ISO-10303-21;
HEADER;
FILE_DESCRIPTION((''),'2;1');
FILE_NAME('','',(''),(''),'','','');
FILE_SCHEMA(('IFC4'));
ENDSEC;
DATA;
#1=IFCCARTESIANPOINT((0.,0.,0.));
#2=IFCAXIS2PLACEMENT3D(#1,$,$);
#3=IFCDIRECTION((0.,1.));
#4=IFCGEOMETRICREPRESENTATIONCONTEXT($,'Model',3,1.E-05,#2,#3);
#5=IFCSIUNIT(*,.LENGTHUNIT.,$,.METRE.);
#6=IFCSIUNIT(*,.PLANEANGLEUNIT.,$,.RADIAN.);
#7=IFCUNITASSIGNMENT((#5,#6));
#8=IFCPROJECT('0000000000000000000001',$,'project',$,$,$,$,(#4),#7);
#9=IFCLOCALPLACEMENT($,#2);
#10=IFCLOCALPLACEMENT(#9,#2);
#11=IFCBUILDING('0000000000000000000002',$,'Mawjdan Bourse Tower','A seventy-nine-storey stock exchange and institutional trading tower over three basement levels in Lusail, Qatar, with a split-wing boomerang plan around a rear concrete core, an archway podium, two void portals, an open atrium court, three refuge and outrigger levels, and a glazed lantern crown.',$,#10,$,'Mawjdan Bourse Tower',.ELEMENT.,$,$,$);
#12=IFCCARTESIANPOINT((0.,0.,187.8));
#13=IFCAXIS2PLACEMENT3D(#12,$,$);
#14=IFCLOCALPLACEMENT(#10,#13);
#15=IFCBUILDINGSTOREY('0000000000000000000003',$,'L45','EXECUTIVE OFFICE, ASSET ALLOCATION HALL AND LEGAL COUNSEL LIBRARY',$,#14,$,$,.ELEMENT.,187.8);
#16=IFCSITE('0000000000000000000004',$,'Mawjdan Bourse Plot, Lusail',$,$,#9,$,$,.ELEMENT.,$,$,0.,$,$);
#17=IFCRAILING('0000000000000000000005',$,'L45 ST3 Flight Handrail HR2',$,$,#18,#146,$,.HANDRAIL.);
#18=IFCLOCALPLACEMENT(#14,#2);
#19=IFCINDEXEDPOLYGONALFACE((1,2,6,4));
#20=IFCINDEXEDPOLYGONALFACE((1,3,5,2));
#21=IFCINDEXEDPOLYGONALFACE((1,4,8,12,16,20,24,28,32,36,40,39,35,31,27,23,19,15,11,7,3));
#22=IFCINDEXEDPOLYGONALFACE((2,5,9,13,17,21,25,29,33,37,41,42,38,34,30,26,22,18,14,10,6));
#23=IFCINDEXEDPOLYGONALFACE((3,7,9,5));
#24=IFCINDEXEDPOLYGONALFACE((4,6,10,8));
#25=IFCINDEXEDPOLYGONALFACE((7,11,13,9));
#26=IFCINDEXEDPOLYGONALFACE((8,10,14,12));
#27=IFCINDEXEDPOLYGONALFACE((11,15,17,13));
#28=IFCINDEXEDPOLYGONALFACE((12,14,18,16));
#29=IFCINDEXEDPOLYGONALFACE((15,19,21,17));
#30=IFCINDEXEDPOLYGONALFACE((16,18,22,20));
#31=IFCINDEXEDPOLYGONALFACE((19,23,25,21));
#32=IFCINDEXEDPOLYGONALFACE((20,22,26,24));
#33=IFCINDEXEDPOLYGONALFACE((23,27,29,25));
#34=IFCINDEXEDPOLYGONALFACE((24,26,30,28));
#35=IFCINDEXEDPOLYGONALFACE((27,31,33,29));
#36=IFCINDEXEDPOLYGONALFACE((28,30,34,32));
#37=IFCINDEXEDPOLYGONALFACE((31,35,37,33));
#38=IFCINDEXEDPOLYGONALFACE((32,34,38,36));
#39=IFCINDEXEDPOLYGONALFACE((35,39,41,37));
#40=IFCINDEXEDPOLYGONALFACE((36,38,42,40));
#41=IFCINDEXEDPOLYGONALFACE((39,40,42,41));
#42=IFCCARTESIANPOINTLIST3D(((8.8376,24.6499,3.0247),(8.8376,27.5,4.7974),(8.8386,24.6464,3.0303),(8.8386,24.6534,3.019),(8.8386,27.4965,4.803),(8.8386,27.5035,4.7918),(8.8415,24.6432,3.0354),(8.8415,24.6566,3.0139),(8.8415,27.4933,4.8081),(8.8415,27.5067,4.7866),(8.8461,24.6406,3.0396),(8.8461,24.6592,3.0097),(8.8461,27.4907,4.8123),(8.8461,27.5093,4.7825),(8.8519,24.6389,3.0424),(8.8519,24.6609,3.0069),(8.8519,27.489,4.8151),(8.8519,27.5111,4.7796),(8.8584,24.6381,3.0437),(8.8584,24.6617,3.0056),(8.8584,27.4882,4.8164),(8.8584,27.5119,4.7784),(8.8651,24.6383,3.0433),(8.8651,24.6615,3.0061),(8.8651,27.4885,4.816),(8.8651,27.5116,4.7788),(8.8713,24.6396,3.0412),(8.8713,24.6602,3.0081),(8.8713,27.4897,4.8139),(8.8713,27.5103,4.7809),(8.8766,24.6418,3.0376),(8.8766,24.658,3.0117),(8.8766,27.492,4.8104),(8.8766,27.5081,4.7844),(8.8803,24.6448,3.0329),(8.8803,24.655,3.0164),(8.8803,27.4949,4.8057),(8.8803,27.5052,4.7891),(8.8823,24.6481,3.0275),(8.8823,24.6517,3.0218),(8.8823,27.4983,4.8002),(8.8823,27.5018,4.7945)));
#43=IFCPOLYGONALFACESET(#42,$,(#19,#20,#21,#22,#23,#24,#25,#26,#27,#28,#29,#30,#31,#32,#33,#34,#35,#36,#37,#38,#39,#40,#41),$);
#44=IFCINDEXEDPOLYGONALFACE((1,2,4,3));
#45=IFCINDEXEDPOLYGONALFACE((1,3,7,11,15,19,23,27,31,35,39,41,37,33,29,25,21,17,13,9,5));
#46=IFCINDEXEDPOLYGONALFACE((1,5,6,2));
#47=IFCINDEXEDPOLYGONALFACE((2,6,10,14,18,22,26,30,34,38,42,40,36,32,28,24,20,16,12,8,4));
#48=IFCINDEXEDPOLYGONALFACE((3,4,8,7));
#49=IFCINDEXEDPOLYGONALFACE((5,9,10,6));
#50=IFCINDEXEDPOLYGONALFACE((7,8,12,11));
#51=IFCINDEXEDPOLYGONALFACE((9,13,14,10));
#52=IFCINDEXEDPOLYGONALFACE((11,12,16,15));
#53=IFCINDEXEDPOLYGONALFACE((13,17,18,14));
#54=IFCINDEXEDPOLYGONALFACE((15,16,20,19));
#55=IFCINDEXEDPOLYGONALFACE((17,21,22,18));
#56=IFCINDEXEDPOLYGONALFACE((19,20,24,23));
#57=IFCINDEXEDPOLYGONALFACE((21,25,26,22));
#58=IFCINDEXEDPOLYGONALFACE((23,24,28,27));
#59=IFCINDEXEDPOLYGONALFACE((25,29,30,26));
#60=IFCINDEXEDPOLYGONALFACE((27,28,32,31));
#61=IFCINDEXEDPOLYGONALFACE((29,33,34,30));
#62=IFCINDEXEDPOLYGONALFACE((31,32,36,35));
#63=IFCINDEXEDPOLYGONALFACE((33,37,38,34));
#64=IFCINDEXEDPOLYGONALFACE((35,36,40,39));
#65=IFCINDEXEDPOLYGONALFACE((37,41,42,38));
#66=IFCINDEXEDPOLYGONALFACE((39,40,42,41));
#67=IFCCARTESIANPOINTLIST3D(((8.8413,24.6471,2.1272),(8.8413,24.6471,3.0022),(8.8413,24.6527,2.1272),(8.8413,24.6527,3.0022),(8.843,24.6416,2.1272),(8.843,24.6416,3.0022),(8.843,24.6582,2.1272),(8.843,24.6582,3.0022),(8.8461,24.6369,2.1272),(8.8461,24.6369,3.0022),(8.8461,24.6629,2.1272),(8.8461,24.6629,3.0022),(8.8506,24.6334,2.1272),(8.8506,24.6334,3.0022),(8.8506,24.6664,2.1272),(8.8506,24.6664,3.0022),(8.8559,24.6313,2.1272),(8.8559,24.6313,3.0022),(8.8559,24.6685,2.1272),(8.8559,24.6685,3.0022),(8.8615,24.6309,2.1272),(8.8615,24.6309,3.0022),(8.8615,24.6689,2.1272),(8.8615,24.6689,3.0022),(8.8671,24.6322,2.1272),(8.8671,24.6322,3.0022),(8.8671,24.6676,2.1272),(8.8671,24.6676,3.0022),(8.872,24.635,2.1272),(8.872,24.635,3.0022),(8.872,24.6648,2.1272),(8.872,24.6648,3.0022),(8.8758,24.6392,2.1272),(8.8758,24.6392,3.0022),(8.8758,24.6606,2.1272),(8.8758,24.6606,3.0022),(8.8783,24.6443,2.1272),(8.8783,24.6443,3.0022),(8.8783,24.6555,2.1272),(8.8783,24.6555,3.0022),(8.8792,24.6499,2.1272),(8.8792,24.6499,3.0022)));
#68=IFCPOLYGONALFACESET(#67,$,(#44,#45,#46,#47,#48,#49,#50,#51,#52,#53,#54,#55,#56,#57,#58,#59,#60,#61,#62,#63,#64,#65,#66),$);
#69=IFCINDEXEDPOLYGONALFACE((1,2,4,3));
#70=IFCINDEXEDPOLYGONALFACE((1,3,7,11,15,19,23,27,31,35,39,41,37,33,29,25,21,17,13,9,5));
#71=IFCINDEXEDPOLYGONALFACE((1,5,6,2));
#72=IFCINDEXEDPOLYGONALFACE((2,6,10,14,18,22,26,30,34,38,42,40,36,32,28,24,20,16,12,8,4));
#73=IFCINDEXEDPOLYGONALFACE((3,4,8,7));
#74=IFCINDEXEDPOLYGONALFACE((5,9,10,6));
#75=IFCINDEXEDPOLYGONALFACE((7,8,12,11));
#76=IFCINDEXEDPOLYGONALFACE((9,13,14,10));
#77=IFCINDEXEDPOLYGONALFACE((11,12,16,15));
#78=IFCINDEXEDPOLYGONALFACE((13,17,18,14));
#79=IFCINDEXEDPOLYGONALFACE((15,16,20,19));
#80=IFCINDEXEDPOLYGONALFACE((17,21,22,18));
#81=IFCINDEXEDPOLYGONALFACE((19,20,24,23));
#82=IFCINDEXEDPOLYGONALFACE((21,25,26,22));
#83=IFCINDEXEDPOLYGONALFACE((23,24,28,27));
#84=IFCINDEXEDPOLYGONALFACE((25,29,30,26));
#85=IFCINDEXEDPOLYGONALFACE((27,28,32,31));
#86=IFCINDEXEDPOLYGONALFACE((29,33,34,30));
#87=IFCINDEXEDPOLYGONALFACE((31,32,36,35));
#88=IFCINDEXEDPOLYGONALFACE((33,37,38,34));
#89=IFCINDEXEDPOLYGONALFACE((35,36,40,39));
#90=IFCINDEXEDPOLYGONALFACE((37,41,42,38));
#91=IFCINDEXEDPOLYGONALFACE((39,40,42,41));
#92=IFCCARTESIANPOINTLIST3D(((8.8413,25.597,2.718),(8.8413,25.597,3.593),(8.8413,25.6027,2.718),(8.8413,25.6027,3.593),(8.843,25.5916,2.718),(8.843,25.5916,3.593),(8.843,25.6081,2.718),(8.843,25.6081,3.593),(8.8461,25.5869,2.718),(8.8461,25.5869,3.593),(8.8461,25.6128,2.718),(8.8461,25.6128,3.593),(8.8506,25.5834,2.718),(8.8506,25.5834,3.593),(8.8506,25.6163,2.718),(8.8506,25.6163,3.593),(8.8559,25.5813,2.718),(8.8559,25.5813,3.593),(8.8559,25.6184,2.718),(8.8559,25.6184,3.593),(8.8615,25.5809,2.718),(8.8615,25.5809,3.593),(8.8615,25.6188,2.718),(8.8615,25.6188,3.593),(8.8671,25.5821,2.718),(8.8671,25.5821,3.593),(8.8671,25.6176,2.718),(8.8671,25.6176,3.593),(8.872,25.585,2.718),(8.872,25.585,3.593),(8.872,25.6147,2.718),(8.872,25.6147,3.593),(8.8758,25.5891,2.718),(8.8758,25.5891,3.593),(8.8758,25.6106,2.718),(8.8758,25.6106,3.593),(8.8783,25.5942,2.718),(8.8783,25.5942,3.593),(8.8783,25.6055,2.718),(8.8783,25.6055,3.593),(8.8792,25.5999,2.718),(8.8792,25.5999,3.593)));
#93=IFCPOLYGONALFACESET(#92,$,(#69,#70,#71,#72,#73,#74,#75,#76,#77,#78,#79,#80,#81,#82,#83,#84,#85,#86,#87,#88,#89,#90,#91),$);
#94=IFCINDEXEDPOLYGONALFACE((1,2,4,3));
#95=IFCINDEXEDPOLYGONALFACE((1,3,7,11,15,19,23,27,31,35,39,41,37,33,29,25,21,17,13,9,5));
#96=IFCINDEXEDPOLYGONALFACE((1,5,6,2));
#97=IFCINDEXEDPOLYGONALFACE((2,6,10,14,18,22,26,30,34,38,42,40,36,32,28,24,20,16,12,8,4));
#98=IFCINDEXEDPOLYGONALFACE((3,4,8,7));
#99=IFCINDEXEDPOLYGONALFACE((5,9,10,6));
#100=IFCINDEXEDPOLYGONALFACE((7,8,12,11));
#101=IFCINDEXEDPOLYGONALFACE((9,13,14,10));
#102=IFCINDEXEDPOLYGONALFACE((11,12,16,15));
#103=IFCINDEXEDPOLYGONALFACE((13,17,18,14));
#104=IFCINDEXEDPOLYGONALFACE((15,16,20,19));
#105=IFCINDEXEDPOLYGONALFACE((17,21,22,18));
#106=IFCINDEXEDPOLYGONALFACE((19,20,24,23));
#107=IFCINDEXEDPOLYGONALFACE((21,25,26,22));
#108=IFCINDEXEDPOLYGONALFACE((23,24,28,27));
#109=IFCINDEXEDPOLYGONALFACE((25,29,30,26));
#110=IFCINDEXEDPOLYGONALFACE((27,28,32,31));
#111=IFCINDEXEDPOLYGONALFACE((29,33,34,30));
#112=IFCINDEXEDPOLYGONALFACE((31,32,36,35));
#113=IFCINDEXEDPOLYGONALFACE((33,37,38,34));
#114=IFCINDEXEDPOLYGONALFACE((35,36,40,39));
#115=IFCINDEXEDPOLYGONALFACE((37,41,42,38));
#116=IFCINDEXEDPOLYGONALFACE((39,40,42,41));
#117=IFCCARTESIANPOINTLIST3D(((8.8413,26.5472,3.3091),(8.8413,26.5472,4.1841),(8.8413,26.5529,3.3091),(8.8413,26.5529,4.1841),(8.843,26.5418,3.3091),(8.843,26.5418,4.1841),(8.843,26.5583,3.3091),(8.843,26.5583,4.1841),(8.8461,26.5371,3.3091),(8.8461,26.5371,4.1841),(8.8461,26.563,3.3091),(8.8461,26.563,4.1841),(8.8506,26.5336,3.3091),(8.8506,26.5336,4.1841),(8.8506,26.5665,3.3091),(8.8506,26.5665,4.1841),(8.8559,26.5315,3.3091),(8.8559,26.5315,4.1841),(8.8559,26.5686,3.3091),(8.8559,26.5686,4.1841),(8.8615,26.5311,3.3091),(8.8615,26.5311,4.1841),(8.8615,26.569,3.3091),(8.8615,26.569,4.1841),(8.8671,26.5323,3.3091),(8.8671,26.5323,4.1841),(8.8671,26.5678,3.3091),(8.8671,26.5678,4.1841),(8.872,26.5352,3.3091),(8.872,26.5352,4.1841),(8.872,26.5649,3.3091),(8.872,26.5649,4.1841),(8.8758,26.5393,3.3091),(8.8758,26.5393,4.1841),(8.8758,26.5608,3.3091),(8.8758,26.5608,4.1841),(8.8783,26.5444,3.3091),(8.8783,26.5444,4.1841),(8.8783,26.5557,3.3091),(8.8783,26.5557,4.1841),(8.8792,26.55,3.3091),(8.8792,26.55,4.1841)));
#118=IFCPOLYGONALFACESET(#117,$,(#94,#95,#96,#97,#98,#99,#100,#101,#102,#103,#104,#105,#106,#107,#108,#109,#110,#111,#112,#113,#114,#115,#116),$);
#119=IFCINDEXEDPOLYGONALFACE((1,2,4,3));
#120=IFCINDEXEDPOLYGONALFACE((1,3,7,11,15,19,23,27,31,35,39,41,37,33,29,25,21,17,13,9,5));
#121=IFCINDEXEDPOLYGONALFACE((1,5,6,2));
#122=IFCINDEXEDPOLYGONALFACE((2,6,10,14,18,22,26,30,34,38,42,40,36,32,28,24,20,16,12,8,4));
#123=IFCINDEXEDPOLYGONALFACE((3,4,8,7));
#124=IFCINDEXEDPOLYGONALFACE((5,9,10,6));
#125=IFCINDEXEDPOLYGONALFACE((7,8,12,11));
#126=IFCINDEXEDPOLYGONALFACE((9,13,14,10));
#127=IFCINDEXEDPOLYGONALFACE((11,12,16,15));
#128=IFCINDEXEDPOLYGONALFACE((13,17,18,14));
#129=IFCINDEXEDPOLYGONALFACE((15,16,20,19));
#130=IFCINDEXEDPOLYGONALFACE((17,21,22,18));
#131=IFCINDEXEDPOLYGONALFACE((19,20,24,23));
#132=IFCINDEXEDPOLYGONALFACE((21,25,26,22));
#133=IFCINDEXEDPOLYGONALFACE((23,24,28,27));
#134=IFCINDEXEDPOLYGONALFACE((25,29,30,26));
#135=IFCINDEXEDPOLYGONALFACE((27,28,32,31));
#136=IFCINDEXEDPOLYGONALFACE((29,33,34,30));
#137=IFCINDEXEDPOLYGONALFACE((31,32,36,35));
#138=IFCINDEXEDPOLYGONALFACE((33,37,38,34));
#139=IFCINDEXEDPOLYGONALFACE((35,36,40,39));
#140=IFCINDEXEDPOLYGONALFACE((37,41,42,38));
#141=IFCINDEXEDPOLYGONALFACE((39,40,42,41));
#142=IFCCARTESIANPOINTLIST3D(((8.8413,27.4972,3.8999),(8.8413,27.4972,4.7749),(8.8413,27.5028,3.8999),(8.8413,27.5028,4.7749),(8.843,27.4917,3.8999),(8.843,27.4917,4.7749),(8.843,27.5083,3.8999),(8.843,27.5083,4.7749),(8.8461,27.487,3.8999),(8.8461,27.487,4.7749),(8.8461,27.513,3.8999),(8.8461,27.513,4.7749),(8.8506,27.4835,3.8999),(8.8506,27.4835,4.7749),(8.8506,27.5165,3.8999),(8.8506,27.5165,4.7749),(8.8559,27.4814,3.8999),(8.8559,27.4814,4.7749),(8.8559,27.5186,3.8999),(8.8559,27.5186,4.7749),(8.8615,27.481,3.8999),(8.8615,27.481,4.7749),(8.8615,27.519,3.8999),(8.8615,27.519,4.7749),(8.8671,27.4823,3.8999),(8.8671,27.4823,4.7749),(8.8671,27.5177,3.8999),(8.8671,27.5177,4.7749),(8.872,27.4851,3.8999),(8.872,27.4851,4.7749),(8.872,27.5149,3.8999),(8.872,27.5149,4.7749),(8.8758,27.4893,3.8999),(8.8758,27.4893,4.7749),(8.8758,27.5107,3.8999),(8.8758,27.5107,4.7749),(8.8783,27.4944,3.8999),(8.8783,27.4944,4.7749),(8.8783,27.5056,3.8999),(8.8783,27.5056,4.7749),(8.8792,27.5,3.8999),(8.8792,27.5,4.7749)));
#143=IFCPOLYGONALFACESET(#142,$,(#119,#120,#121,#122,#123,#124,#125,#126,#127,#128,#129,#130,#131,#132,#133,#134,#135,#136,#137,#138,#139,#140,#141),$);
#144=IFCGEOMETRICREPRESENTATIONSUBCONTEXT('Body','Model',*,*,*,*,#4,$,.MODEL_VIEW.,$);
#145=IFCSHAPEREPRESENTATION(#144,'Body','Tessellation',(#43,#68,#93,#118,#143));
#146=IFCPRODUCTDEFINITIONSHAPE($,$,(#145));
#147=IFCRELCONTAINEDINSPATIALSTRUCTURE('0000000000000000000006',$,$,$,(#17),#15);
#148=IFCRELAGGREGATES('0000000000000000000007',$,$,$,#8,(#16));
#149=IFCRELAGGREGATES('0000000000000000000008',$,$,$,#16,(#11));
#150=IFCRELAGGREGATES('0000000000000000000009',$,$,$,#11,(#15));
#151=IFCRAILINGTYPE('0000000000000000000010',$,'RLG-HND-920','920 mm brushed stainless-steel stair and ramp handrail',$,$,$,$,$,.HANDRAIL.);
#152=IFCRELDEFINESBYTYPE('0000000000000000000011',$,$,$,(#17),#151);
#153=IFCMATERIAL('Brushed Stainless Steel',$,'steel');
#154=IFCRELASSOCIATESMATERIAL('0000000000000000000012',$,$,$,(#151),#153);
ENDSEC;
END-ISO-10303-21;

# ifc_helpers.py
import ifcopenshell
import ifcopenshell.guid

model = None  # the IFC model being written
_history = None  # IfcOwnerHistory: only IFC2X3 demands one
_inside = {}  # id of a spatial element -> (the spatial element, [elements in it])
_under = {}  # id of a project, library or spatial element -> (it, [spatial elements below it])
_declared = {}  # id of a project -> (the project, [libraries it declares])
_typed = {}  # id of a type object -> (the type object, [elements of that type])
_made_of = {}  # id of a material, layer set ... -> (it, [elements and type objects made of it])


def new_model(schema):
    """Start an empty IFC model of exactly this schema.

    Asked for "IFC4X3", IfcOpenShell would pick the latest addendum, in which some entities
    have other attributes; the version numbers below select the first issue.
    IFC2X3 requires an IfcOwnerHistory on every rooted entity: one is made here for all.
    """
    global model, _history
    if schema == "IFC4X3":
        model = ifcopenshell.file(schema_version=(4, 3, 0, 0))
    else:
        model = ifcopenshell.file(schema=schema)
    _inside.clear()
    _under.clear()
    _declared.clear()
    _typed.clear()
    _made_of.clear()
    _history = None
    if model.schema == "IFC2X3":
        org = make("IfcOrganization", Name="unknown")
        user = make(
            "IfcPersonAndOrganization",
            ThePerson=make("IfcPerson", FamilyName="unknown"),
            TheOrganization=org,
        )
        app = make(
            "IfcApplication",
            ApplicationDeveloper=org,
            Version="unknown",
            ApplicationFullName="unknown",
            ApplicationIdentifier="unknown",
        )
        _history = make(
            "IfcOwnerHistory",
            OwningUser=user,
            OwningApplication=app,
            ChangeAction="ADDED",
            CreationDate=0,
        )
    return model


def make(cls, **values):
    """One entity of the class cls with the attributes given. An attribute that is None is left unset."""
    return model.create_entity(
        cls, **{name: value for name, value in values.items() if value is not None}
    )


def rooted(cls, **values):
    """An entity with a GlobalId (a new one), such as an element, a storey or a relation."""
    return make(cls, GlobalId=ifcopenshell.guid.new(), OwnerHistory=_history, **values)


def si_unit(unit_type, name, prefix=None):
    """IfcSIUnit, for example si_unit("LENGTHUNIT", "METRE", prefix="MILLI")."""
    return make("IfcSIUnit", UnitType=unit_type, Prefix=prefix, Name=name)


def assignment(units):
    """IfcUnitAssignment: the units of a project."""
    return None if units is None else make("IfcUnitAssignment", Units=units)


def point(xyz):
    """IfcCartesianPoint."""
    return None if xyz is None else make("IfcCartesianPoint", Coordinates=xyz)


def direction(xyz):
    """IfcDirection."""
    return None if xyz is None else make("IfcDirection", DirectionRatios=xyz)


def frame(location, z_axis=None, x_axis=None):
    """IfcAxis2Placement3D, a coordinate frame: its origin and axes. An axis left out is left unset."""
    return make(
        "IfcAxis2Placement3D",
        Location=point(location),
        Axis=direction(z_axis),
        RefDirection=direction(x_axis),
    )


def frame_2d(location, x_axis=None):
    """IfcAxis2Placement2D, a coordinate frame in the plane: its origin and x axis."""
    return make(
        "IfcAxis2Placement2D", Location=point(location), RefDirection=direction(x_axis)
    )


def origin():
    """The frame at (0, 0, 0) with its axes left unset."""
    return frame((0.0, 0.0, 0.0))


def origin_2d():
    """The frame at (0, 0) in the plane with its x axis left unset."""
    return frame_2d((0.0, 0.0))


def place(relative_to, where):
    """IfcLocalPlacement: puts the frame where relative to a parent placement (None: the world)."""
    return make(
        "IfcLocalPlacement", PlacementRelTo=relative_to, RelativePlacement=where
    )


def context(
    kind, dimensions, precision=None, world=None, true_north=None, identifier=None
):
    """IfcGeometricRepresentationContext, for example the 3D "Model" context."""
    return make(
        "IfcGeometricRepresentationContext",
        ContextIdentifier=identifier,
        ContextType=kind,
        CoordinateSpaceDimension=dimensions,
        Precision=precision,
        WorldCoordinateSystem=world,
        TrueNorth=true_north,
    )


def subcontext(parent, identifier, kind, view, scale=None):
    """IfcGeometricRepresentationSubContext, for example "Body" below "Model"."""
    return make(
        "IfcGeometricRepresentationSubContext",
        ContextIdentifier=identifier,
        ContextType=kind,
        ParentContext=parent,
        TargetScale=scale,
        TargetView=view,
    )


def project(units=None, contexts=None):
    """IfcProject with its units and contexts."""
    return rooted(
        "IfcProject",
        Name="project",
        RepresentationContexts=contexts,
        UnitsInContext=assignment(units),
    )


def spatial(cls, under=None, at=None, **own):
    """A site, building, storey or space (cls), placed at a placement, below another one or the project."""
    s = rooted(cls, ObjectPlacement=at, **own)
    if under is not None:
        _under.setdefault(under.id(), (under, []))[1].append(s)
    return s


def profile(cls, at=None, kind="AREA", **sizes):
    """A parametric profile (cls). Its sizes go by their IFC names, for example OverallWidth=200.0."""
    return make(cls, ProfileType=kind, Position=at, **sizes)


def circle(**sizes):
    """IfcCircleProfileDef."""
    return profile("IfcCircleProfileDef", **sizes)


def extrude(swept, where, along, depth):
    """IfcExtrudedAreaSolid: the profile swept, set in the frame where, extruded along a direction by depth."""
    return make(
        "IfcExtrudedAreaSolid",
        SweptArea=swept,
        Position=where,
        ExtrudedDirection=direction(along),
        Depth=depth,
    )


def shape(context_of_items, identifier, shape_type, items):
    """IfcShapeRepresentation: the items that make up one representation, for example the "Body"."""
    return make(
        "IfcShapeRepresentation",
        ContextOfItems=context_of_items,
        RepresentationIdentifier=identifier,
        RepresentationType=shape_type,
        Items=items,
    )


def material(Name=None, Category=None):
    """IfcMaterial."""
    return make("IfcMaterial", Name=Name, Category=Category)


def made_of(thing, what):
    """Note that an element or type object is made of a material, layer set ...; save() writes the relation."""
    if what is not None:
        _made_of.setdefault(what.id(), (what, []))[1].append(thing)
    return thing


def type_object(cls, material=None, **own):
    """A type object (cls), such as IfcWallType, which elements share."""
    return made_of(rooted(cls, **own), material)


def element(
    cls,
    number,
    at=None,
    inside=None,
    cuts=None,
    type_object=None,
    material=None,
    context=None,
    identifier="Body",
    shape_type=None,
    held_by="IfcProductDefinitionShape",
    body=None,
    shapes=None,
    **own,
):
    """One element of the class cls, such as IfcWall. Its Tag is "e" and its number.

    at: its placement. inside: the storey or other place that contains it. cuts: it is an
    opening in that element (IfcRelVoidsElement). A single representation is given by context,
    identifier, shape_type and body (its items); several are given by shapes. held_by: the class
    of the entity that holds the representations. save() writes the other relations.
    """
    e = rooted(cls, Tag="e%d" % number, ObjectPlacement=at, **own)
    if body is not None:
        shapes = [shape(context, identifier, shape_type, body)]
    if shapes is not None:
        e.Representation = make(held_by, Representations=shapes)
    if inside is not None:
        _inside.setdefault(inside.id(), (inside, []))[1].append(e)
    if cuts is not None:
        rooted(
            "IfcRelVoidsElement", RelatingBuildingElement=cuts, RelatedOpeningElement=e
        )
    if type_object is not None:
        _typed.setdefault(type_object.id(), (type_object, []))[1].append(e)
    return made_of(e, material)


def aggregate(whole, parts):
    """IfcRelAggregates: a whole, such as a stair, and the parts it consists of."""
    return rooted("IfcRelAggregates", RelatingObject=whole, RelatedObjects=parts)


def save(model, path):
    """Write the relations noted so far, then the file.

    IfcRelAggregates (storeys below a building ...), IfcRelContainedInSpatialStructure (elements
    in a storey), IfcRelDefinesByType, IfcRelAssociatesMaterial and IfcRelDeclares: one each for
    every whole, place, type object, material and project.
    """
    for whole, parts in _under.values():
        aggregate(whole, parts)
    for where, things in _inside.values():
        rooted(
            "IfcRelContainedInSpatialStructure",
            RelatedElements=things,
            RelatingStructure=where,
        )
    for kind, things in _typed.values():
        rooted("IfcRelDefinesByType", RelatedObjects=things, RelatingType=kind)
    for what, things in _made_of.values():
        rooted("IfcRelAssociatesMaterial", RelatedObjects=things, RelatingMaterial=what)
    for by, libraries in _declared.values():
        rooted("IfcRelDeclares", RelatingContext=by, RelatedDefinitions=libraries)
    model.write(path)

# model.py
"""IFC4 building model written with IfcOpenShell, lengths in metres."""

from ifc_helpers import new_model, si_unit, direction, frame, origin, origin_2d, place, context, subcontext, project, spatial, circle, extrude, material, type_object, element, save


model = new_model("IFC4")

# Units and contexts
model_context = context("Model", 3, precision=1e-05, world=origin(), true_north=direction((0.0, 1.0)))
body_context = subcontext(model_context, "Body", "Model", "MODEL_VIEW")
ifc_project = project(units=[si_unit("LENGTHUNIT", "METRE"), si_unit("PLANEANGLEUNIT", "RADIAN")], contexts=[model_context])

# Site, building, storey
site_placement = place(None, origin())
site = spatial("IfcSite", under=ifc_project, at=site_placement, Name="Mawjdan Bourse Plot, Lusail", CompositionType="ELEMENT", RefElevation=0.0)
building_placement = place(site_placement, origin())
building = spatial("IfcBuilding", under=site, at=building_placement, Name="Mawjdan Bourse Tower", Description="A seventy-nine-storey stock exchange and institutional trading tower over three basement levels in Lusail, Qatar, with a split-wing boomerang plan around a rear concrete core, an archway podium, two void portals, an open atrium court, three refuge and outrigger levels, and a glazed lantern crown.", LongName="Mawjdan Bourse Tower", CompositionType="ELEMENT")
storey_placement = place(building_placement, frame((0.0, 0.0, 187.8)))
storey = spatial("IfcBuildingStorey", under=building, at=storey_placement, Name="L45", Description="EXECUTIVE OFFICE, ASSET ALLOCATION HALL AND LEGAL COUNSEL LIBRARY", CompositionType="ELEMENT", Elevation=187.8)

# Railing
ifc_material_1 = material(Name="Brushed Stainless Steel", Category="steel")
railing_type_1 = type_object("IfcRailingType", Name="RLG-HND-920", Description="920 mm brushed stainless-steel stair and ramp handrail", PredefinedType="HANDRAIL", material=ifc_material_1)
railing_1_placement = place(storey_placement, frame((8.8601, 24.6499, 2.1272)))
element("IfcRailing", 1, at=railing_1_placement, inside=storey, type_object=railing_type_1, Name="L45 ST3 Flight Handrail HR2", PredefinedType="HANDRAIL", context=body_context, shape_type="SweptSolid", body=[
    extrude(circle(Radius=0.0225, at=origin_2d()), frame((0.0, 0.0, 0.8975), z_axis=(0.0, 0.849149, 0.528154), x_axis=(-1.0, 0.0, 0.0)), (0.0, 0.0, 1.0), 3.3564),
    extrude(circle(Radius=0.019, at=origin_2d()), origin(), (0.0, 0.0, 1.0), 0.875),
    extrude(circle(Radius=0.019, at=origin_2d()), frame((0.0, 0.95, 0.5908)), (0.0, 0.0, 1.0), 0.875),
    extrude(circle(Radius=0.019, at=origin_2d()), frame((0.0, 1.9001, 1.1819)), (0.0, 0.0, 1.0), 0.875),
    extrude(circle(Radius=0.019, at=origin_2d()), frame((0.0, 2.8501, 1.7727)), (0.0, 0.0, 1.0), 0.875),
])

save(model, "model.ifc")
